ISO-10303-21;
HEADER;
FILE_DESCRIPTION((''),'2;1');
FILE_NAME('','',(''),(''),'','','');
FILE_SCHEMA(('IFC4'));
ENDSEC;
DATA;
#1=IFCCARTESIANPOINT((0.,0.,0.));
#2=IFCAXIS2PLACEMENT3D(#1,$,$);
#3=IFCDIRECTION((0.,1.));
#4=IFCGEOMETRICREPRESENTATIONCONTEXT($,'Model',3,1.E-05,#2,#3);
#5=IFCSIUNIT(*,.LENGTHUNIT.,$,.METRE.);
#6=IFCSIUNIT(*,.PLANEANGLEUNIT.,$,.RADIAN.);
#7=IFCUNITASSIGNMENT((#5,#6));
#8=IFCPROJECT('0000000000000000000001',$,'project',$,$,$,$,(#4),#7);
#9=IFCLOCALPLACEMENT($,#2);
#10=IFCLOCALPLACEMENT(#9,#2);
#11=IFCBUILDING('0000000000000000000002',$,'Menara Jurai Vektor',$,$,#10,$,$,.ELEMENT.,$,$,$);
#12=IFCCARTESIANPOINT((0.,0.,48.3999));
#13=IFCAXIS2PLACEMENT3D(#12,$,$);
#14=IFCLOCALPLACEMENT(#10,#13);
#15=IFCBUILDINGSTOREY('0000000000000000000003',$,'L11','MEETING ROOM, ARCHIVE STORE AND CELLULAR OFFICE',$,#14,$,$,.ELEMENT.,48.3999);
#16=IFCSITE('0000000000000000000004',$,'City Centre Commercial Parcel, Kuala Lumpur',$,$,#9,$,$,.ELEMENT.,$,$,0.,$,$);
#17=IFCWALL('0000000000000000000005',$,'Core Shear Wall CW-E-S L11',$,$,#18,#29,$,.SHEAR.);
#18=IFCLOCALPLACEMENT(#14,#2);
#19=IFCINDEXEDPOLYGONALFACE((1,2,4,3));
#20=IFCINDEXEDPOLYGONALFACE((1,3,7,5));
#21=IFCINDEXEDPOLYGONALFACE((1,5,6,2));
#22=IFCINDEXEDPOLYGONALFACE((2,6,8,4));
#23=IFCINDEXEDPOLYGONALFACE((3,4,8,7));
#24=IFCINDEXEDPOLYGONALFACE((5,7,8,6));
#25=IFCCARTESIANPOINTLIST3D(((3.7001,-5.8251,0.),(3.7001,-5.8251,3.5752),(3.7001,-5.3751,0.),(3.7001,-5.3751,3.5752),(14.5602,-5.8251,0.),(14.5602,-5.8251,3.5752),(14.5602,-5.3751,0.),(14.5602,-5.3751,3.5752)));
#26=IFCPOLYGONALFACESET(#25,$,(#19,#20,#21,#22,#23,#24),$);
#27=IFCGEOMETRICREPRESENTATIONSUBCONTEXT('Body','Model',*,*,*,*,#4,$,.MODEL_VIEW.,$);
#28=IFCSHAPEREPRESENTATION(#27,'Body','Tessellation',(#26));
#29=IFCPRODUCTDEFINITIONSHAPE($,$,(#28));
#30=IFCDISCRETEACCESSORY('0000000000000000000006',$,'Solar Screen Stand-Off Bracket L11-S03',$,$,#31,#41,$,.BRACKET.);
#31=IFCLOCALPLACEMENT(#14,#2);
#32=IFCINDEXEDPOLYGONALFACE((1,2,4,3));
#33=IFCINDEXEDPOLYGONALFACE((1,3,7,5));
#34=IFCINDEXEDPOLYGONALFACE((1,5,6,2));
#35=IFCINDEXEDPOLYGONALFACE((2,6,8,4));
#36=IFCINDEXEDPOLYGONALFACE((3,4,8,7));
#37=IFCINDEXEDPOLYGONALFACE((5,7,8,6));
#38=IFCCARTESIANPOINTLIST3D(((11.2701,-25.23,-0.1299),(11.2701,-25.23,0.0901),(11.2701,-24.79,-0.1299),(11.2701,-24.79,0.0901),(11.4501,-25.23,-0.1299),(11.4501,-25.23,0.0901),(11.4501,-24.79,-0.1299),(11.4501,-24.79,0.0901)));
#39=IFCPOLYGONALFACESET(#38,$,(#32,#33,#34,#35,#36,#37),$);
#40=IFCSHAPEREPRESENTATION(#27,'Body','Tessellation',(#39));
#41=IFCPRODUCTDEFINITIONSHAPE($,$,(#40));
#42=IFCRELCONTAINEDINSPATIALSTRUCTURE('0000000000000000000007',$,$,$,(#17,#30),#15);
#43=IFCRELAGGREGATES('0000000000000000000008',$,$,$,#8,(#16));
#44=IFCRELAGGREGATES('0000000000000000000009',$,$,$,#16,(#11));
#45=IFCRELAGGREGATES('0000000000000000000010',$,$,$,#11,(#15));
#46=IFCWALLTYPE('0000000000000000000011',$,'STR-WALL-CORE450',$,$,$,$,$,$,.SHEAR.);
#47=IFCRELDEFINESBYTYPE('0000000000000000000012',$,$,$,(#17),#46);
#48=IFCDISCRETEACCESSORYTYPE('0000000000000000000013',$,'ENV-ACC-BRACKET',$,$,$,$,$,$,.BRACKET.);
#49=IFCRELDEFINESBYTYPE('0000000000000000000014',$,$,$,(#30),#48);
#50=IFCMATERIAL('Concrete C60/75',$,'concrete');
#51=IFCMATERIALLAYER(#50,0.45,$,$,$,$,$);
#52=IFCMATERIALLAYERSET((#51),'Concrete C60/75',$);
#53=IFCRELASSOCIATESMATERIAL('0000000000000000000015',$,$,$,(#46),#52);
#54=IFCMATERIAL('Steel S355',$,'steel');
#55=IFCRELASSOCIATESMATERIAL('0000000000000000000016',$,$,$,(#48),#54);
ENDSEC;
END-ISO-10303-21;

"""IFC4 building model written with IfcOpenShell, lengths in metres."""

from ifc_helpers import new_model, si_unit, direction, frame, frame_2d, origin, origin_2d, place, context, subcontext, project, spatial, rectangle, extrude, material, layer, layer_set, type_object, element, save


model = new_model("IFC4")

# Units and contexts
model_context = context("Model", 3, precision=1e-05, world=origin(), true_north=direction((0.0, 1.0)))
body_context = subcontext(model_context, "Body", "Model", "MODEL_VIEW")
ifc_project = project(units=[si_unit("LENGTHUNIT", "METRE"), si_unit("PLANEANGLEUNIT", "RADIAN")], contexts=[model_context])

# Site, building, storey
site_placement = place(None, origin())
site = spatial("IfcSite", under=ifc_project, at=site_placement, Name="City Centre Commercial Parcel, Kuala Lumpur", CompositionType="ELEMENT", RefElevation=0.0)
building_placement = place(site_placement, origin())
building = spatial("IfcBuilding", under=site, at=building_placement, Name="Menara Jurai Vektor", CompositionType="ELEMENT")
storey_placement = place(building_placement, frame((0.0, 0.0, 48.3999)))
storey = spatial("IfcBuildingStorey", under=building, at=storey_placement, Name="L11", Description="MEETING ROOM, ARCHIVE STORE AND CELLULAR OFFICE", CompositionType="ELEMENT", Elevation=48.3999)

# Shared definitions
ifc_material_1 = material(Name="Concrete C60/75", Category="concrete")

# Shared definitions
ifc_material_2 = material(Name="Steel S355", Category="steel")

# Wall
ifc_layer_1 = layer(ifc_material_1, 0.45)
ifc_layer_set_1 = layer_set([ifc_layer_1], Name="Concrete C60/75")
wall_type_1 = type_object("IfcWallType", Name="STR-WALL-CORE450", PredefinedType="SHEAR", material=ifc_layer_set_1)
wall_1_placement = place(storey_placement, frame((3.7, -5.6001, 0.0), z_axis=(0.0, 0.0, 1.0), x_axis=(1.0, 0.0, 0.0)))
element("IfcWall", 1, at=wall_1_placement, inside=storey, type_object=wall_type_1, Name="Core Shear Wall CW-E-S L11", PredefinedType="SHEAR", context=body_context, shape_type="SweptSolid", body=[
    extrude(rectangle(XDim=10.8601, YDim=0.45, at=frame_2d((5.4302, 0.0))), origin(), (0.0, 0.0, 1.0), 3.5752),
])

# Discrete accessory
discrete_accessory_type = type_object("IfcDiscreteAccessoryType", Name="ENV-ACC-BRACKET", PredefinedType="BRACKET", material=ifc_material_2)
discrete_accessory_placement = place(storey_placement, frame((11.3601, -25.01, -0.1299), z_axis=(0.0, 0.0, 1.0), x_axis=(1.0, 0.0, 0.0)))
element("IfcDiscreteAccessory", 2, at=discrete_accessory_placement, inside=storey, type_object=discrete_accessory_type, Name="Solar Screen Stand-Off Bracket L11-S03", PredefinedType="BRACKET", context=body_context, shape_type="SweptSolid", body=[
    extrude(rectangle(XDim=0.1799, YDim=0.4399, at=origin_2d()), origin(), (0.0, 0.0, 1.0), 0.22),
])

save(model, "model.ifc")
